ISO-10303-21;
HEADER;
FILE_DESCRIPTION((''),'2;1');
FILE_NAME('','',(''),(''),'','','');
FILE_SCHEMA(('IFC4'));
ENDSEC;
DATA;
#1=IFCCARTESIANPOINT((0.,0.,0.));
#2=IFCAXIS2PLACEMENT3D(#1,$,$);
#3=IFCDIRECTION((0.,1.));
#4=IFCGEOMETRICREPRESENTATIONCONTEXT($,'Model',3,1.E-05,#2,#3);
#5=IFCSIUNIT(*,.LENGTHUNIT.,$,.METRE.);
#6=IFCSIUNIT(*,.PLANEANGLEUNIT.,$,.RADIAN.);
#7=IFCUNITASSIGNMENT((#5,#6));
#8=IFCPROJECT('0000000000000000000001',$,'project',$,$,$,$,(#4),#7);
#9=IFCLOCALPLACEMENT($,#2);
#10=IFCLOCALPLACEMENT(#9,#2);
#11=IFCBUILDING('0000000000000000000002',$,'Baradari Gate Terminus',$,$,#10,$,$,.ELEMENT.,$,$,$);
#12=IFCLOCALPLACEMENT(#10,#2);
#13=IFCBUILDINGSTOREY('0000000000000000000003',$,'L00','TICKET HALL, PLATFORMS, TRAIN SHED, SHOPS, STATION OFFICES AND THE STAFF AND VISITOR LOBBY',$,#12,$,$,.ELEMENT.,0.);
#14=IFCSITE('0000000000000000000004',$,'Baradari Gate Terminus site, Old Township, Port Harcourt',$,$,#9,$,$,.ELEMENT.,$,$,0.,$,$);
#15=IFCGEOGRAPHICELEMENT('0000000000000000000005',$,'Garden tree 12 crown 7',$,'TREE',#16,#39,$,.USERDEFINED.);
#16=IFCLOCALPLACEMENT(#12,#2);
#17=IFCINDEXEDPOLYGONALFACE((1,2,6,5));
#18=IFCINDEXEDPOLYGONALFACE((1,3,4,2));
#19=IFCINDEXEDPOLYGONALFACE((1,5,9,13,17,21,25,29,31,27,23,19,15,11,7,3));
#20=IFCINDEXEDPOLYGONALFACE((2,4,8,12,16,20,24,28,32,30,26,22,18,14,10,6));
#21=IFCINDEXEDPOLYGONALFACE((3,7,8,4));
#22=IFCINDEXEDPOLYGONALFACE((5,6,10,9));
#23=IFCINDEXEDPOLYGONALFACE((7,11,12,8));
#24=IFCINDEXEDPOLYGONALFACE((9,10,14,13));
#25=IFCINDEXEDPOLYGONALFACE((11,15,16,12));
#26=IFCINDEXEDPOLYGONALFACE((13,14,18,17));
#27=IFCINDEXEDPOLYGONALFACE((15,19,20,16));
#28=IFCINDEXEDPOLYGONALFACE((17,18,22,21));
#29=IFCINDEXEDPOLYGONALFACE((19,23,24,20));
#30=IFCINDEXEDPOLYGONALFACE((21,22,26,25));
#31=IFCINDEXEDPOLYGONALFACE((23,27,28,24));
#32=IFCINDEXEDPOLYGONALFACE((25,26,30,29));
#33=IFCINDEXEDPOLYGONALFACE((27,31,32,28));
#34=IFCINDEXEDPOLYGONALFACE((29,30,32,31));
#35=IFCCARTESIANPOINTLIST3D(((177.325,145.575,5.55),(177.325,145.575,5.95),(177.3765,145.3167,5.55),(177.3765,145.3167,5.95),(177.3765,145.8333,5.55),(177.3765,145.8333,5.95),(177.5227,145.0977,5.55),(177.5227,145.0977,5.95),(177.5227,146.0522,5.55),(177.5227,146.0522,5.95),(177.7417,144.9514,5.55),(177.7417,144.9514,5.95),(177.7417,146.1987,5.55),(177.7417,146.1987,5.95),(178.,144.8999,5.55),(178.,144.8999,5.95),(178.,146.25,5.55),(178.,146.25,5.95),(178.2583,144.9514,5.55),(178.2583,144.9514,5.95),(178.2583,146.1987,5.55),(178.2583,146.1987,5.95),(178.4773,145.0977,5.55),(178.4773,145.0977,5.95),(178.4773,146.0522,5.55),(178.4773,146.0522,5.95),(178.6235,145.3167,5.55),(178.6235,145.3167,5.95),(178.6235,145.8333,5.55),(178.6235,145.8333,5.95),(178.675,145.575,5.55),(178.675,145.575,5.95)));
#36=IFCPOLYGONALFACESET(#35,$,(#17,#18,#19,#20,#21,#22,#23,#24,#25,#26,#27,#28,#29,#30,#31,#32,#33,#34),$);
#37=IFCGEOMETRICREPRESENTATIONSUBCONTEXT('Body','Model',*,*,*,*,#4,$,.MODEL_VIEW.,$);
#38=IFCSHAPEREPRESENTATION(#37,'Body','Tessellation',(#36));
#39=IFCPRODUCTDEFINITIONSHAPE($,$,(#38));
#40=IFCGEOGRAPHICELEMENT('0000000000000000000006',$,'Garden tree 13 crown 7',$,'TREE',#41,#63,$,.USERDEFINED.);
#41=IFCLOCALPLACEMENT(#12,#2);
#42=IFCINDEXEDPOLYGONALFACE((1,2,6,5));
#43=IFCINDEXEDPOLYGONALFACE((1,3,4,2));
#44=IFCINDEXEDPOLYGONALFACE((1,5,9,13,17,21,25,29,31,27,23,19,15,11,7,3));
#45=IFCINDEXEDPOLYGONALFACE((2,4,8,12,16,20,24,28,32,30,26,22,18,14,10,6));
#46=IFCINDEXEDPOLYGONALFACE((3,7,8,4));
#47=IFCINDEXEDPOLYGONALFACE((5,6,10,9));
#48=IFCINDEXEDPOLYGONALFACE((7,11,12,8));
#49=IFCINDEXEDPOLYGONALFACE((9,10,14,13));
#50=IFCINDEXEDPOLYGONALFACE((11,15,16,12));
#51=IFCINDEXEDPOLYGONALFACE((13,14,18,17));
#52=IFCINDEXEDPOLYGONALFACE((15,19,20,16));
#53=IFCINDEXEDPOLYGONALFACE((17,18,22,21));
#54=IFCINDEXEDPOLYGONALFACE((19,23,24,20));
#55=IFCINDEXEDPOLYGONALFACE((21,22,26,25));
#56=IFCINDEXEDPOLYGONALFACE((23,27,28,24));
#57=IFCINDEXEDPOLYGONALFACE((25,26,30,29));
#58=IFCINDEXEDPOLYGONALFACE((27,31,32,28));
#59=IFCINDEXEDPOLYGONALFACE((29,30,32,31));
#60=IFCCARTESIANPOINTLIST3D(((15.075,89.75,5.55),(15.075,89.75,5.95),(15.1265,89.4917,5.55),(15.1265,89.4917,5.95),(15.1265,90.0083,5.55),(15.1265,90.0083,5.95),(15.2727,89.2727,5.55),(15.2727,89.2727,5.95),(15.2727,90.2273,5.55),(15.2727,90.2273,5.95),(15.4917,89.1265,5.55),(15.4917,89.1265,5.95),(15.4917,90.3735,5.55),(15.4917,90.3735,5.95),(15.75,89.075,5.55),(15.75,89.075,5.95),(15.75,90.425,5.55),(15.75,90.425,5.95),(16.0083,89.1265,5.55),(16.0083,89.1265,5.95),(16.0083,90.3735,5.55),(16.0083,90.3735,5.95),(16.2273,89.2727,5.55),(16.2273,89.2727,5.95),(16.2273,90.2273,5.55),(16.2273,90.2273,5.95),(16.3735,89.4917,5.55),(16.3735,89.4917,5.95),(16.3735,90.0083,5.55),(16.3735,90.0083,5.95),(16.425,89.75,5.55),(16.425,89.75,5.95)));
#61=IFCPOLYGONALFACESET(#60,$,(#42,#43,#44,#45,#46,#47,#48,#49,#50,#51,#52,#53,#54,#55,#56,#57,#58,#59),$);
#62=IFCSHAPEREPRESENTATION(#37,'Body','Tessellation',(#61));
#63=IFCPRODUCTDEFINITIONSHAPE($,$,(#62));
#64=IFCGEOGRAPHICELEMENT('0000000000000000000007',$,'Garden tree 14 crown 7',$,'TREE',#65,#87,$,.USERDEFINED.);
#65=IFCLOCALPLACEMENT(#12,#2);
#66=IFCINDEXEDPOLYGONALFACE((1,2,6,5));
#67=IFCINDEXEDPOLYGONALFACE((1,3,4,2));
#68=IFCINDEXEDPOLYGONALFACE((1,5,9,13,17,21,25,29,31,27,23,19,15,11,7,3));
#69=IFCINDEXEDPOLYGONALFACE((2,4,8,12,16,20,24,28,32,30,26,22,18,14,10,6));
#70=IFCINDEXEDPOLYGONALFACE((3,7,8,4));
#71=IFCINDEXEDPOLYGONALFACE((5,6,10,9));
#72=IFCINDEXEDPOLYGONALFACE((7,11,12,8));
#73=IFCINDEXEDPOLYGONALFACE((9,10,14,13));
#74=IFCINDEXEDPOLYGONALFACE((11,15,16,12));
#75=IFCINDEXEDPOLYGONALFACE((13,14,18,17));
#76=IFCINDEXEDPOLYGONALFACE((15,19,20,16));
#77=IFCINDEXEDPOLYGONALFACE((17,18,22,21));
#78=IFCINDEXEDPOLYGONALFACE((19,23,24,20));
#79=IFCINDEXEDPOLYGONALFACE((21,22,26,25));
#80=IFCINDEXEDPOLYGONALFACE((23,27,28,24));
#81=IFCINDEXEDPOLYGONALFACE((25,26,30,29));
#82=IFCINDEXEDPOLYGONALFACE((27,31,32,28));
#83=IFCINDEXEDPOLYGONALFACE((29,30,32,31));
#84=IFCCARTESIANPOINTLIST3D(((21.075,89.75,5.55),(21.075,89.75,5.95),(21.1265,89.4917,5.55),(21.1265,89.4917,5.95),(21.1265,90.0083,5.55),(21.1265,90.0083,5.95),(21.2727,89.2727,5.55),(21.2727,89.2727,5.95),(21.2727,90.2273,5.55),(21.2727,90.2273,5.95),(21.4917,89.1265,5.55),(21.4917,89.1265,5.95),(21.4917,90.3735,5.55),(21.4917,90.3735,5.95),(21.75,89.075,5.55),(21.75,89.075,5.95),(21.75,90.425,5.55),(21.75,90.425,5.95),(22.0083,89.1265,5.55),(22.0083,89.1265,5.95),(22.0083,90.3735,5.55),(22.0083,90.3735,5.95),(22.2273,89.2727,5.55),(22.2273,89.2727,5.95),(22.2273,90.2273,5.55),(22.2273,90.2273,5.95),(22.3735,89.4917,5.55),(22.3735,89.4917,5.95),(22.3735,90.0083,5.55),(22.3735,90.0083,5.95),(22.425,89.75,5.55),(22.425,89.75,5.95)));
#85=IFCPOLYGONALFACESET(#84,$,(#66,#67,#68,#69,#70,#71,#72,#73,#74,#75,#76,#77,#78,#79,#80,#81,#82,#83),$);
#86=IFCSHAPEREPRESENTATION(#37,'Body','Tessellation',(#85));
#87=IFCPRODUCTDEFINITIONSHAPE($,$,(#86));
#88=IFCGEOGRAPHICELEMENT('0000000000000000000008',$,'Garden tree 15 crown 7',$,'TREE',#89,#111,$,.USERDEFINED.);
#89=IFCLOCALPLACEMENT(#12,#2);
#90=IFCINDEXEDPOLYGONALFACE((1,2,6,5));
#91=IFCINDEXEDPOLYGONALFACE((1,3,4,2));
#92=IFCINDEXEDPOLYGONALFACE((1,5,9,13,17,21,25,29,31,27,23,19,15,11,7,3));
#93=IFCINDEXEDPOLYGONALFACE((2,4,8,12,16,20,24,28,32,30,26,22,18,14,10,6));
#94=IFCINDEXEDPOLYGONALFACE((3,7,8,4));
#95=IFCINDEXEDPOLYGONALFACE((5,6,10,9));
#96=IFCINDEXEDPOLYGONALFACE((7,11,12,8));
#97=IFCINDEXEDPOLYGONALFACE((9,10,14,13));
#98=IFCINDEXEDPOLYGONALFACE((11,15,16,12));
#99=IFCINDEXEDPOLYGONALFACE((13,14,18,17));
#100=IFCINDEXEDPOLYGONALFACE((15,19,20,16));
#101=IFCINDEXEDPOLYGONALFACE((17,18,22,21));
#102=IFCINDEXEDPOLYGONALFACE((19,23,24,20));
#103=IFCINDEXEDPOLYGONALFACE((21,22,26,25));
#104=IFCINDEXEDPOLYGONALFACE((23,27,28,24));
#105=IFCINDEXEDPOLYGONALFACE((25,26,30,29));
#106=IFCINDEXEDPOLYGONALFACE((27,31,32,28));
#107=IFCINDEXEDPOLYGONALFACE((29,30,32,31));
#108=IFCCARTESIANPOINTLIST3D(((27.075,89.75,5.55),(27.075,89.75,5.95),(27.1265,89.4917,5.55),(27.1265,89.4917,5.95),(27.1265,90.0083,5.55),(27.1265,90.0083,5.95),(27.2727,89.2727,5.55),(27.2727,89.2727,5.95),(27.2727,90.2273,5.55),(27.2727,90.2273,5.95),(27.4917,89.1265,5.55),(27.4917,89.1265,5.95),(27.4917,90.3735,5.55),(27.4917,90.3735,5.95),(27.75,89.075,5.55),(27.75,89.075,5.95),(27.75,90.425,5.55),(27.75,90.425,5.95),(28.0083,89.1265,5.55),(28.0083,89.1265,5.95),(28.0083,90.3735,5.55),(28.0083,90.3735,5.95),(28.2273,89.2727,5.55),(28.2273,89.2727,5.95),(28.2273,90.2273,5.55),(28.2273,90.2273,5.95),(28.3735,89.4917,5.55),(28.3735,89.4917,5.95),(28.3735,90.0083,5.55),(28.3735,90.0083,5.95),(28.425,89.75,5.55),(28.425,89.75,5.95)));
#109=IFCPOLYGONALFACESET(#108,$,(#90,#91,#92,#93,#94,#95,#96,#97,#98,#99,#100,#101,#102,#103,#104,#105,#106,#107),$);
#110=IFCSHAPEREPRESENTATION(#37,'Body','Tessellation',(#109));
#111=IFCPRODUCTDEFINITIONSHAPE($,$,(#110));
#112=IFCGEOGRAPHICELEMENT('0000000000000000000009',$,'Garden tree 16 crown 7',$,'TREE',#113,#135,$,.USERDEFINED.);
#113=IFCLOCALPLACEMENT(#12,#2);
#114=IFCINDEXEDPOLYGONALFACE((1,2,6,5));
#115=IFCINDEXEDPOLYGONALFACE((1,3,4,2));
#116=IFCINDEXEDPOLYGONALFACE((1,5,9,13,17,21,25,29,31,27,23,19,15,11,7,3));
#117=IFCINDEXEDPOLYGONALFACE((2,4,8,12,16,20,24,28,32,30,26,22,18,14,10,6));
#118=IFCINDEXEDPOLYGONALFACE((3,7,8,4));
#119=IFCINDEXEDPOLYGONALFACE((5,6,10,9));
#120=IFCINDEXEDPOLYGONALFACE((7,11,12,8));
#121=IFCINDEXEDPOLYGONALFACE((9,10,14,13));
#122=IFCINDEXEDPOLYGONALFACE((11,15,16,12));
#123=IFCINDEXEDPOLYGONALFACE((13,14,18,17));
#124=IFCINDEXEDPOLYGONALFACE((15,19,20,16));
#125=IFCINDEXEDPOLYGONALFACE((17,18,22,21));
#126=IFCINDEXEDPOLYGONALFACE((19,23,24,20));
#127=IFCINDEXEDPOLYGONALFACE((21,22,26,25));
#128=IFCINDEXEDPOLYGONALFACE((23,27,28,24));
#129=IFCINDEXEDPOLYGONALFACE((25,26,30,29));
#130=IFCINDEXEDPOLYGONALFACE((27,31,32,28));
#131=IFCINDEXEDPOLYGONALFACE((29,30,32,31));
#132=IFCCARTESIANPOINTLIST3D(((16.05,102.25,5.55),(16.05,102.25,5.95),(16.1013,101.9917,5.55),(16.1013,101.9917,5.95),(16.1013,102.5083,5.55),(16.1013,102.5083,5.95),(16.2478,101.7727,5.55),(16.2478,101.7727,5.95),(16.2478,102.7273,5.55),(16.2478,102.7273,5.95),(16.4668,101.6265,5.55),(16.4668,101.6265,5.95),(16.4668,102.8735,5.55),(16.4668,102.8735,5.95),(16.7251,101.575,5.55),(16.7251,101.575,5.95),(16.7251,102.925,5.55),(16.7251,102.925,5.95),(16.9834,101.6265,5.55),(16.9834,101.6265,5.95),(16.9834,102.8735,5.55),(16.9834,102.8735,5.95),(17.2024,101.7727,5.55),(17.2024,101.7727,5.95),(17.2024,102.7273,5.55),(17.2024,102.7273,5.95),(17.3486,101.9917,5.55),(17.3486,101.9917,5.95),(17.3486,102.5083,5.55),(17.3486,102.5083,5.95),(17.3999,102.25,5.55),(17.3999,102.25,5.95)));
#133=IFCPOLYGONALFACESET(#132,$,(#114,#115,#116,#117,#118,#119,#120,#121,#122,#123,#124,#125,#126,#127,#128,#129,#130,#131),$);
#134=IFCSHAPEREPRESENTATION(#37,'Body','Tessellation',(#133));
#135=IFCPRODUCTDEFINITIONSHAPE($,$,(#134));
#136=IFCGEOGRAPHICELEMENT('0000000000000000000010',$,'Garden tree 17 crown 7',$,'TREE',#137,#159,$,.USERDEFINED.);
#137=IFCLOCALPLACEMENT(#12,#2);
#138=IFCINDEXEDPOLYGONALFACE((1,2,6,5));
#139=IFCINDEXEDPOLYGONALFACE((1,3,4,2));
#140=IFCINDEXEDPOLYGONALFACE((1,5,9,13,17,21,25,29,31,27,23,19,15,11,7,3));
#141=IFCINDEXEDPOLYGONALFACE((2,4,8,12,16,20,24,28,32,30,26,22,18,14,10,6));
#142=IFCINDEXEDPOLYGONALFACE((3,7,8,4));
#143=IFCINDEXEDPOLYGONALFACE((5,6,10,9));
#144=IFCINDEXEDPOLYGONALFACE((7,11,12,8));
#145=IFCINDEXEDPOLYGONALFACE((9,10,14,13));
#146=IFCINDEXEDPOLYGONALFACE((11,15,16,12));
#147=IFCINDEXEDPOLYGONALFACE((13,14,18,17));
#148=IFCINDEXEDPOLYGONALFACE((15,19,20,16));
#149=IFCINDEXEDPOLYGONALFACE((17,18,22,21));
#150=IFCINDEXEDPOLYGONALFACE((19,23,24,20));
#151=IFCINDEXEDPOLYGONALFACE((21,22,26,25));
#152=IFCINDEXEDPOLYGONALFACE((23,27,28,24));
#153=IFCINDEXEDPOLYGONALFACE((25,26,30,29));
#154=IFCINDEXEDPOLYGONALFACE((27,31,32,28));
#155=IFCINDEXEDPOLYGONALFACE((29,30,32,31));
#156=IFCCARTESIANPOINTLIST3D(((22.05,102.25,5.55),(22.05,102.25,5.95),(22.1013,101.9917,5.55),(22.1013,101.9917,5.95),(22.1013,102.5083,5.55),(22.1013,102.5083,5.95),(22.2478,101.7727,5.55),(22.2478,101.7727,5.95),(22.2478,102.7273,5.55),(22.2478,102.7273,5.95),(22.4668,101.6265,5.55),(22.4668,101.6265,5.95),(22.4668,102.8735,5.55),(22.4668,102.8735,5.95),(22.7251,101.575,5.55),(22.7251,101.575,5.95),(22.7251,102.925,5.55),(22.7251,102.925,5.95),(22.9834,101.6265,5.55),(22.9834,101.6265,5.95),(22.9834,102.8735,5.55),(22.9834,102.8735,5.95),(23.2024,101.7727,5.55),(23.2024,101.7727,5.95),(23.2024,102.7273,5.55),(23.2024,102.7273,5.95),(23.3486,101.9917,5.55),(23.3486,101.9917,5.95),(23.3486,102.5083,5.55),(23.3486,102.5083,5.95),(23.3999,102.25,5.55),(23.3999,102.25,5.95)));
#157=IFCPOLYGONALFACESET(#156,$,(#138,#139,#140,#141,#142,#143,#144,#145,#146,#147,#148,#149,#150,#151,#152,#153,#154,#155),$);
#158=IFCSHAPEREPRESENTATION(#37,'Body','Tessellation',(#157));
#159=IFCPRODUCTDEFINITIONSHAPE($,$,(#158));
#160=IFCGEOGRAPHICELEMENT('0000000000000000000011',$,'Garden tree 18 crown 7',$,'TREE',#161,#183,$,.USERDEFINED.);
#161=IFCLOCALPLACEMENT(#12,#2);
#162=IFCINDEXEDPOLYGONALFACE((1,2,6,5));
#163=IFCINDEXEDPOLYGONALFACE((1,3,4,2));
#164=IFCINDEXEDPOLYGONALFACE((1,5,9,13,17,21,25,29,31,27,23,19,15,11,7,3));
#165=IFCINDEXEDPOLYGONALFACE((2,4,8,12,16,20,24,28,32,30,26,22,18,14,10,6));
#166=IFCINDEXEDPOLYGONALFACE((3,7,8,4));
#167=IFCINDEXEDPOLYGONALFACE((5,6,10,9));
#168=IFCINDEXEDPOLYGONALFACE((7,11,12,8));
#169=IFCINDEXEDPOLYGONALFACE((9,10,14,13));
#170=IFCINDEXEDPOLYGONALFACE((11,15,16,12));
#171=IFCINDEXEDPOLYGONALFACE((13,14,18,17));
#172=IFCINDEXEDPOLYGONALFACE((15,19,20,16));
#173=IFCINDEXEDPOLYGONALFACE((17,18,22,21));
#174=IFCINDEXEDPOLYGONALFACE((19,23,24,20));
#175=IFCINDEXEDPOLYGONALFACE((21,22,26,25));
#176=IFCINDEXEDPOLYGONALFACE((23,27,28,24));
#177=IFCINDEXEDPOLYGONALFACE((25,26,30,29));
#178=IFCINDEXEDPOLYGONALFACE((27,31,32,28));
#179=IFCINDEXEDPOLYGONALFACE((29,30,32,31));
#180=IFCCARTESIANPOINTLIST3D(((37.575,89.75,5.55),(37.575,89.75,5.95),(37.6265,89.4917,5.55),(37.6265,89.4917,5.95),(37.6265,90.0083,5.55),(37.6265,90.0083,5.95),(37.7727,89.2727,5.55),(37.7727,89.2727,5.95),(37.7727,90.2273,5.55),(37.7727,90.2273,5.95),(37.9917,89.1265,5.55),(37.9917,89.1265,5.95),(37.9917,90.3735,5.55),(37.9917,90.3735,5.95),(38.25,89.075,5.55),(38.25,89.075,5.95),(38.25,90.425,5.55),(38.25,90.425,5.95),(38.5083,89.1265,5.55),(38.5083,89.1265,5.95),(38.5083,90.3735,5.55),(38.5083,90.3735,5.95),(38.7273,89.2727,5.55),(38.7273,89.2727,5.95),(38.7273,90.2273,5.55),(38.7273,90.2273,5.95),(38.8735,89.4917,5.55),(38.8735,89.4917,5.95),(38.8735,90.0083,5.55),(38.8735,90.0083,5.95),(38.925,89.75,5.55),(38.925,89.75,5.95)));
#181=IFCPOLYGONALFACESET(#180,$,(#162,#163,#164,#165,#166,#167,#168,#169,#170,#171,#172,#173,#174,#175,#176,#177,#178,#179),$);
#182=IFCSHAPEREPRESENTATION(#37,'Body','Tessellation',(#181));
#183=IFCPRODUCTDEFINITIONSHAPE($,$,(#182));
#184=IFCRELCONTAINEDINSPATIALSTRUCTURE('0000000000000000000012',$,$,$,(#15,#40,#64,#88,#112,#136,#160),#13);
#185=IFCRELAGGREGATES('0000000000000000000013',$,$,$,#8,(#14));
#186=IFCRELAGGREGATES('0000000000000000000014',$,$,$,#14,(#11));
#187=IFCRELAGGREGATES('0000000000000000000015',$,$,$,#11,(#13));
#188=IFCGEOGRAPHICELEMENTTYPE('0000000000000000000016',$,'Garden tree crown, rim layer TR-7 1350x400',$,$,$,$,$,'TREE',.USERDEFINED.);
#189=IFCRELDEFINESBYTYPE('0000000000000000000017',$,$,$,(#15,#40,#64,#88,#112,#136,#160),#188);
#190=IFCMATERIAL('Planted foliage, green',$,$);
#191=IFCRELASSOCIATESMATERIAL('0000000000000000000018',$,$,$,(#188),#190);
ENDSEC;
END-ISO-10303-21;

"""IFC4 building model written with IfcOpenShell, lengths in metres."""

from ifc_helpers import new_model, si_unit, direction, frame, origin, place, context, subcontext, project, spatial, polyline, outline, extrude, material, type_object, element, save


model = new_model("IFC4")

# Units and contexts
model_context = context("Model", 3, precision=1e-05, world=origin(), true_north=direction((0.0, 1.0)))
body_context = subcontext(model_context, "Body", "Model", "MODEL_VIEW")
ifc_project = project(units=[si_unit("LENGTHUNIT", "METRE"), si_unit("PLANEANGLEUNIT", "RADIAN")], contexts=[model_context])

# Site, building, storey
site_placement = place(None, origin())
site = spatial("IfcSite", under=ifc_project, at=site_placement, Name="Baradari Gate Terminus site, Old Township, Port Harcourt", CompositionType="ELEMENT", RefElevation=0.0)
building_placement = place(site_placement, origin())
building = spatial("IfcBuilding", under=site, at=building_placement, Name="Baradari Gate Terminus", CompositionType="ELEMENT")
storey_placement = place(building_placement, origin())
storey = spatial("IfcBuildingStorey", under=building, at=storey_placement, Name="L00", Description="TICKET HALL, PLATFORMS, TRAIN SHED, SHOPS, STATION OFFICES AND THE STAFF AND VISITOR LOBBY", CompositionType="ELEMENT", Elevation=0.0)

# Geographic elements
ifc_material_1 = material(Name="Planted foliage, green")
geographic_element_type_1 = type_object("IfcGeographicElementType", Name="Garden tree crown, rim layer TR-7 1350x400", ElementType="TREE", PredefinedType="USERDEFINED", material=ifc_material_1)
geographic_element_1_placement = place(storey_placement, frame((0.0, 0.0, 5.55)))
element("IfcGeographicElement", 1, at=geographic_element_1_placement, inside=storey, type_object=geographic_element_type_1, Name="Garden tree 12 crown 7", ObjectType="TREE", PredefinedType="USERDEFINED", context=body_context, shape_type="SweptSolid", body=[
    extrude(outline(polyline([(178.675, 145.575), (178.6235, 145.8333), (178.4773, 146.0522), (178.2583, 146.1987), (178.0, 146.25), (177.7417, 146.1987), (177.5227, 146.0522), (177.3765, 145.8333), (177.325, 145.575), (177.3765, 145.3167), (177.5227, 145.0977), (177.7417, 144.9514), (178.0, 144.8999), (178.2583, 144.9514), (178.4773, 145.0977), (178.6235, 145.3167), (178.675, 145.575)])), origin(), (0.0, 0.0, 1.0), 0.3999),
])
geographic_element_2_placement = place(storey_placement, frame((0.0, 0.0, 5.55)))
element("IfcGeographicElement", 2, at=geographic_element_2_placement, inside=storey, type_object=geographic_element_type_1, Name="Garden tree 13 crown 7", ObjectType="TREE", PredefinedType="USERDEFINED", context=body_context, shape_type="SweptSolid", body=[
    extrude(outline(polyline([(16.425, 89.75), (16.3735, 90.0083), (16.2273, 90.2273), (16.0083, 90.3735), (15.75, 90.425), (15.4917, 90.3735), (15.2727, 90.2273), (15.1265, 90.0083), (15.075, 89.75), (15.1265, 89.4917), (15.2727, 89.2727), (15.4917, 89.1265), (15.75, 89.075), (16.0083, 89.1265), (16.2273, 89.2727), (16.3735, 89.4917), (16.425, 89.75)])), origin(), (0.0, 0.0, 1.0), 0.3999),
])
geographic_element_3_placement = place(storey_placement, frame((0.0, 0.0, 5.55)))
element("IfcGeographicElement", 3, at=geographic_element_3_placement, inside=storey, type_object=geographic_element_type_1, Name="Garden tree 14 crown 7", ObjectType="TREE", PredefinedType="USERDEFINED", context=body_context, shape_type="SweptSolid", body=[
    extrude(outline(polyline([(22.425, 89.75), (22.3735, 90.0083), (22.2273, 90.2273), (22.0083, 90.3735), (21.75, 90.425), (21.4917, 90.3735), (21.2727, 90.2273), (21.1265, 90.0083), (21.075, 89.75), (21.1265, 89.4917), (21.2727, 89.2727), (21.4917, 89.1265), (21.75, 89.075), (22.0083, 89.1265), (22.2273, 89.2727), (22.3735, 89.4917), (22.425, 89.75)])), origin(), (0.0, 0.0, 1.0), 0.3999),
])
geographic_element_4_placement = place(storey_placement, frame((0.0, 0.0, 5.55)))
element("IfcGeographicElement", 4, at=geographic_element_4_placement, inside=storey, type_object=geographic_element_type_1, Name="Garden tree 15 crown 7", ObjectType="TREE", PredefinedType="USERDEFINED", context=body_context, shape_type="SweptSolid", body=[
    extrude(outline(polyline([(28.425, 89.75), (28.3735, 90.0083), (28.2273, 90.2273), (28.0083, 90.3735), (27.75, 90.425), (27.4917, 90.3735), (27.2727, 90.2273), (27.1265, 90.0083), (27.075, 89.75), (27.1265, 89.4917), (27.2727, 89.2727), (27.4917, 89.1265), (27.75, 89.075), (28.0083, 89.1265), (28.2273, 89.2727), (28.3735, 89.4917), (28.425, 89.75)])), origin(), (0.0, 0.0, 1.0), 0.3999),
])
geographic_element_5_placement = place(storey_placement, frame((0.0, 0.0, 5.55)))
element("IfcGeographicElement", 5, at=geographic_element_5_placement, inside=storey, type_object=geographic_element_type_1, Name="Garden tree 16 crown 7", ObjectType="TREE", PredefinedType="USERDEFINED", context=body_context, shape_type="SweptSolid", body=[
    extrude(outline(polyline([(17.3999, 102.25), (17.3486, 102.5083), (17.2024, 102.7273), (16.9834, 102.8735), (16.7251, 102.925), (16.4668, 102.8735), (16.2478, 102.7273), (16.1013, 102.5083), (16.05, 102.25), (16.1013, 101.9917), (16.2478, 101.7727), (16.4668, 101.6265), (16.7251, 101.575), (16.9834, 101.6265), (17.2024, 101.7727), (17.3486, 101.9917), (17.3999, 102.25)])), origin(), (0.0, 0.0, 1.0), 0.3999),
])
geographic_element_6_placement = place(storey_placement, frame((0.0, 0.0, 5.55)))
element("IfcGeographicElement", 6, at=geographic_element_6_placement, inside=storey, type_object=geographic_element_type_1, Name="Garden tree 17 crown 7", ObjectType="TREE", PredefinedType="USERDEFINED", context=body_context, shape_type="SweptSolid", body=[
    extrude(outline(polyline([(23.3999, 102.25), (23.3486, 102.5083), (23.2024, 102.7273), (22.9834, 102.8735), (22.7251, 102.925), (22.4668, 102.8735), (22.2478, 102.7273), (22.1013, 102.5083), (22.05, 102.25), (22.1013, 101.9917), (22.2478, 101.7727), (22.4668, 101.6265), (22.7251, 101.575), (22.9834, 101.6265), (23.2024, 101.7727), (23.3486, 101.9917), (23.3999, 102.25)])), origin(), (0.0, 0.0, 1.0), 0.3999),
])
geographic_element_7_placement = place(storey_placement, frame((0.0, 0.0, 5.55)))
element("IfcGeographicElement", 7, at=geographic_element_7_placement, inside=storey, type_object=geographic_element_type_1, Name="Garden tree 18 crown 7", ObjectType="TREE", PredefinedType="USERDEFINED", context=body_context, shape_type="SweptSolid", body=[
    extrude(outline(polyline([(38.925, 89.75), (38.8735, 90.0083), (38.7273, 90.2273), (38.5083, 90.3735), (38.25, 90.425), (37.9917, 90.3735), (37.7727, 90.2273), (37.6265, 90.0083), (37.575, 89.75), (37.6265, 89.4917), (37.7727, 89.2727), (37.9917, 89.1265), (38.25, 89.075), (38.5083, 89.1265), (38.7273, 89.2727), (38.8735, 89.4917), (38.925, 89.75)])), origin(), (0.0, 0.0, 1.0), 0.3999),
])

save(model, "model.ifc")
